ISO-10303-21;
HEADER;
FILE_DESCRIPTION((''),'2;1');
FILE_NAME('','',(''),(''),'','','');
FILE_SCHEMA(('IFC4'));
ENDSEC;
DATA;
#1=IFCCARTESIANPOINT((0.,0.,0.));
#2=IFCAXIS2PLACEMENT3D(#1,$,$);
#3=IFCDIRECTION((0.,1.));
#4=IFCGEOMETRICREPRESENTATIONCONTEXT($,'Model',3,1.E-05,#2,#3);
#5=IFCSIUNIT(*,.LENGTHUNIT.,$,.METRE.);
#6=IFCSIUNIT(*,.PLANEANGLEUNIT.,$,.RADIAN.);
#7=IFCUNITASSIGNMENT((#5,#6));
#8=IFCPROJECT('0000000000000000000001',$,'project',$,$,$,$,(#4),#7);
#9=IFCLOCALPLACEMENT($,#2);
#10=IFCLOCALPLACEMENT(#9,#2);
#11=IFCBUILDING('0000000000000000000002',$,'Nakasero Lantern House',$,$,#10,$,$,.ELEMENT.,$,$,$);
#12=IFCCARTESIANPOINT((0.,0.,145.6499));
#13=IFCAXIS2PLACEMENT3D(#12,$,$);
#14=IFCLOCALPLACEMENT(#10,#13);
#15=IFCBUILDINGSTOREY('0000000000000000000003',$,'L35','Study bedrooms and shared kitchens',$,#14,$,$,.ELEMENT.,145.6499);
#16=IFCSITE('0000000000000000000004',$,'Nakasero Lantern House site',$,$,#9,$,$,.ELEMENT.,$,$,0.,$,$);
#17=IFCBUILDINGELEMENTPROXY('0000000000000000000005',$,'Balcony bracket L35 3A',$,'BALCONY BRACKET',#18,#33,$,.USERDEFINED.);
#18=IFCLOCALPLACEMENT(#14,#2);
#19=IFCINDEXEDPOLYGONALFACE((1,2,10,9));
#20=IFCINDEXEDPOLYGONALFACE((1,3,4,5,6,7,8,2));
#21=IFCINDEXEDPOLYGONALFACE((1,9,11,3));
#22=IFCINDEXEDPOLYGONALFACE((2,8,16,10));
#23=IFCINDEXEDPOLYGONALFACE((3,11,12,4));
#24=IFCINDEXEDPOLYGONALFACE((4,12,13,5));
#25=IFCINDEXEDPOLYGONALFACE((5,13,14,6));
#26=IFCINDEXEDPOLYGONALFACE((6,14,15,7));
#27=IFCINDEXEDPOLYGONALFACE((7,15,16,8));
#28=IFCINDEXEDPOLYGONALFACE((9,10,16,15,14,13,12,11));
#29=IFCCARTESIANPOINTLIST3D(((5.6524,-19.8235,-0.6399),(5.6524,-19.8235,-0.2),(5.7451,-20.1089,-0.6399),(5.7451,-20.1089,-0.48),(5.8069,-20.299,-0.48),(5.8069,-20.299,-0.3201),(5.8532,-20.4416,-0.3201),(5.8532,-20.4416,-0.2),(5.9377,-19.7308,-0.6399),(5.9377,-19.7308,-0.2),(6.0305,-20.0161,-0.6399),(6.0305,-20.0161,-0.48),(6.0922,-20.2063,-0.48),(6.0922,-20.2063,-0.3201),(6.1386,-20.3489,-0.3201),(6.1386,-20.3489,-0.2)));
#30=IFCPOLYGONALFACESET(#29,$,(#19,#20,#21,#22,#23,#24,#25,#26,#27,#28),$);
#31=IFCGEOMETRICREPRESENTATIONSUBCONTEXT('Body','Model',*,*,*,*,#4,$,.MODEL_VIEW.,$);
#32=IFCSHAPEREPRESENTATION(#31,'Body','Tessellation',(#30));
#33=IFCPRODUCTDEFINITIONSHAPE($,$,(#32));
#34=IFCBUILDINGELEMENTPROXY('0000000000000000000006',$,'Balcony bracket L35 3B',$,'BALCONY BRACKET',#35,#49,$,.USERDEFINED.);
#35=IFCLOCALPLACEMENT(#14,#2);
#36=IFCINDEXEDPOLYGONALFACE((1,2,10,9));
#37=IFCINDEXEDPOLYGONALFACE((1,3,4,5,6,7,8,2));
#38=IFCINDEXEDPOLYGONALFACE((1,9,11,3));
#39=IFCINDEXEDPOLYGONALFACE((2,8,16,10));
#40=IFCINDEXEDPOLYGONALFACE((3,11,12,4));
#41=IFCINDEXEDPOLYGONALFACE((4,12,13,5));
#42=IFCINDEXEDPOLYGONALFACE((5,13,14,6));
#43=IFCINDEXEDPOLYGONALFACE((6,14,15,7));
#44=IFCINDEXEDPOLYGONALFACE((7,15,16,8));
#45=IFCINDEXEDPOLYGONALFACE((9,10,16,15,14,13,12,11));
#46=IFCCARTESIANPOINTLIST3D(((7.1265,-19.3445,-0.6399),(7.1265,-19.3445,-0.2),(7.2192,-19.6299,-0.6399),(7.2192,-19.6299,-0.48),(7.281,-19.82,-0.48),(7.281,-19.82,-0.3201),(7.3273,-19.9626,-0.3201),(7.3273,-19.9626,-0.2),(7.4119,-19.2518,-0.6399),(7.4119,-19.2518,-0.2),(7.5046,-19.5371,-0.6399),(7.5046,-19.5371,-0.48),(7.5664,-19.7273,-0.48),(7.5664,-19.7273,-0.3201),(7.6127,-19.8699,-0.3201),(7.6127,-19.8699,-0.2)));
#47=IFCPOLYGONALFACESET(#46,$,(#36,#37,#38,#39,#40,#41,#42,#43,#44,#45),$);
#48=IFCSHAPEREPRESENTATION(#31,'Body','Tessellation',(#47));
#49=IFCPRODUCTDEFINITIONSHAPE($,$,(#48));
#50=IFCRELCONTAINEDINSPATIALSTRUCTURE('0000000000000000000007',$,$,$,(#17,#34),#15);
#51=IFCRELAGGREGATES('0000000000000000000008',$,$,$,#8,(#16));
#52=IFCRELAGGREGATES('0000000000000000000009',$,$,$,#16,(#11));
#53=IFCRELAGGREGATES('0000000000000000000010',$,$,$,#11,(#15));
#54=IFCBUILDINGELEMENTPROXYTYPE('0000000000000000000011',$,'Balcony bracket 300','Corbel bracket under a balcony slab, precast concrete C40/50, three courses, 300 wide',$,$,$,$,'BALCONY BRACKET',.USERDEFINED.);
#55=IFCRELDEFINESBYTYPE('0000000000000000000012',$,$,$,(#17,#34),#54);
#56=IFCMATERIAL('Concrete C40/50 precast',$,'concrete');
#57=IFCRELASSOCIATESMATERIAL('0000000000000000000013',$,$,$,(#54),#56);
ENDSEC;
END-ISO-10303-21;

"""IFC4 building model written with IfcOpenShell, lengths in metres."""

from ifc_helpers import new_model, si_unit, direction, frame, origin, place, context, subcontext, project, spatial, polyline, outline, extrude, material, type_object, element, save


model = new_model("IFC4")

# Units and contexts
model_context = context("Model", 3, precision=1e-05, world=origin(), true_north=direction((0.0, 1.0)))
body_context = subcontext(model_context, "Body", "Model", "MODEL_VIEW")
ifc_project = project(units=[si_unit("LENGTHUNIT", "METRE"), si_unit("PLANEANGLEUNIT", "RADIAN")], contexts=[model_context])

# Site, building, storey
site_placement = place(None, origin())
site = spatial("IfcSite", under=ifc_project, at=site_placement, Name="Nakasero Lantern House site", CompositionType="ELEMENT", RefElevation=0.0)
building_placement = place(site_placement, origin())
building = spatial("IfcBuilding", under=site, at=building_placement, Name="Nakasero Lantern House", CompositionType="ELEMENT")
storey_placement = place(building_placement, frame((0.0, 0.0, 145.6499)))
storey = spatial("IfcBuildingStorey", under=building, at=storey_placement, Name="L35", Description="Study bedrooms and shared kitchens", CompositionType="ELEMENT", Elevation=145.6499)

# Building element proxies
ifc_material_1 = material(Name="Concrete C40/50 precast", Category="concrete")
building_element_proxy_type = type_object("IfcBuildingElementProxyType", Name="Balcony bracket 300", Description="Corbel bracket under a balcony slab, precast concrete C40/50, three courses, 300 wide", ElementType="BALCONY BRACKET", PredefinedType="USERDEFINED", material=ifc_material_1)
for number, where, z_axis, x_axis, name in (
    (1, (5.7952, -19.7771, -0.2), (0.0, 0.0, 1.0), (0.309017, -0.951057, 0.0), "Balcony bracket L35 3A"),
    (2, (7.2693, -19.2981, -0.2), (0.0, 0.0, 1.0), (0.309017, -0.951057, 0.0), "Balcony bracket L35 3B"),
):
    element("IfcBuildingElementProxy", number, at=place(storey_placement, frame(where, z_axis=z_axis, x_axis=x_axis)), inside=storey, type_object=building_element_proxy_type, Name=name, ObjectType="BALCONY BRACKET", PredefinedType="USERDEFINED", context=body_context, shape_type="SweptSolid", body=[
        extrude(outline(polyline([(0.0, 0.0), (0.6499, 0.0), (0.6499, -0.1201), (0.5, -0.1201), (0.5, -0.28), (0.3, -0.28), (0.3, -0.4399), (0.0, -0.4399), (0.0, 0.0)])), frame((0.0, 0.1499, 0.0), z_axis=(0.0, -1.0, 0.0), x_axis=(1.0, 0.0, 0.0)), (0.0, 0.0, 1.0), 0.3),
    ])

save(model, "model.ifc")
